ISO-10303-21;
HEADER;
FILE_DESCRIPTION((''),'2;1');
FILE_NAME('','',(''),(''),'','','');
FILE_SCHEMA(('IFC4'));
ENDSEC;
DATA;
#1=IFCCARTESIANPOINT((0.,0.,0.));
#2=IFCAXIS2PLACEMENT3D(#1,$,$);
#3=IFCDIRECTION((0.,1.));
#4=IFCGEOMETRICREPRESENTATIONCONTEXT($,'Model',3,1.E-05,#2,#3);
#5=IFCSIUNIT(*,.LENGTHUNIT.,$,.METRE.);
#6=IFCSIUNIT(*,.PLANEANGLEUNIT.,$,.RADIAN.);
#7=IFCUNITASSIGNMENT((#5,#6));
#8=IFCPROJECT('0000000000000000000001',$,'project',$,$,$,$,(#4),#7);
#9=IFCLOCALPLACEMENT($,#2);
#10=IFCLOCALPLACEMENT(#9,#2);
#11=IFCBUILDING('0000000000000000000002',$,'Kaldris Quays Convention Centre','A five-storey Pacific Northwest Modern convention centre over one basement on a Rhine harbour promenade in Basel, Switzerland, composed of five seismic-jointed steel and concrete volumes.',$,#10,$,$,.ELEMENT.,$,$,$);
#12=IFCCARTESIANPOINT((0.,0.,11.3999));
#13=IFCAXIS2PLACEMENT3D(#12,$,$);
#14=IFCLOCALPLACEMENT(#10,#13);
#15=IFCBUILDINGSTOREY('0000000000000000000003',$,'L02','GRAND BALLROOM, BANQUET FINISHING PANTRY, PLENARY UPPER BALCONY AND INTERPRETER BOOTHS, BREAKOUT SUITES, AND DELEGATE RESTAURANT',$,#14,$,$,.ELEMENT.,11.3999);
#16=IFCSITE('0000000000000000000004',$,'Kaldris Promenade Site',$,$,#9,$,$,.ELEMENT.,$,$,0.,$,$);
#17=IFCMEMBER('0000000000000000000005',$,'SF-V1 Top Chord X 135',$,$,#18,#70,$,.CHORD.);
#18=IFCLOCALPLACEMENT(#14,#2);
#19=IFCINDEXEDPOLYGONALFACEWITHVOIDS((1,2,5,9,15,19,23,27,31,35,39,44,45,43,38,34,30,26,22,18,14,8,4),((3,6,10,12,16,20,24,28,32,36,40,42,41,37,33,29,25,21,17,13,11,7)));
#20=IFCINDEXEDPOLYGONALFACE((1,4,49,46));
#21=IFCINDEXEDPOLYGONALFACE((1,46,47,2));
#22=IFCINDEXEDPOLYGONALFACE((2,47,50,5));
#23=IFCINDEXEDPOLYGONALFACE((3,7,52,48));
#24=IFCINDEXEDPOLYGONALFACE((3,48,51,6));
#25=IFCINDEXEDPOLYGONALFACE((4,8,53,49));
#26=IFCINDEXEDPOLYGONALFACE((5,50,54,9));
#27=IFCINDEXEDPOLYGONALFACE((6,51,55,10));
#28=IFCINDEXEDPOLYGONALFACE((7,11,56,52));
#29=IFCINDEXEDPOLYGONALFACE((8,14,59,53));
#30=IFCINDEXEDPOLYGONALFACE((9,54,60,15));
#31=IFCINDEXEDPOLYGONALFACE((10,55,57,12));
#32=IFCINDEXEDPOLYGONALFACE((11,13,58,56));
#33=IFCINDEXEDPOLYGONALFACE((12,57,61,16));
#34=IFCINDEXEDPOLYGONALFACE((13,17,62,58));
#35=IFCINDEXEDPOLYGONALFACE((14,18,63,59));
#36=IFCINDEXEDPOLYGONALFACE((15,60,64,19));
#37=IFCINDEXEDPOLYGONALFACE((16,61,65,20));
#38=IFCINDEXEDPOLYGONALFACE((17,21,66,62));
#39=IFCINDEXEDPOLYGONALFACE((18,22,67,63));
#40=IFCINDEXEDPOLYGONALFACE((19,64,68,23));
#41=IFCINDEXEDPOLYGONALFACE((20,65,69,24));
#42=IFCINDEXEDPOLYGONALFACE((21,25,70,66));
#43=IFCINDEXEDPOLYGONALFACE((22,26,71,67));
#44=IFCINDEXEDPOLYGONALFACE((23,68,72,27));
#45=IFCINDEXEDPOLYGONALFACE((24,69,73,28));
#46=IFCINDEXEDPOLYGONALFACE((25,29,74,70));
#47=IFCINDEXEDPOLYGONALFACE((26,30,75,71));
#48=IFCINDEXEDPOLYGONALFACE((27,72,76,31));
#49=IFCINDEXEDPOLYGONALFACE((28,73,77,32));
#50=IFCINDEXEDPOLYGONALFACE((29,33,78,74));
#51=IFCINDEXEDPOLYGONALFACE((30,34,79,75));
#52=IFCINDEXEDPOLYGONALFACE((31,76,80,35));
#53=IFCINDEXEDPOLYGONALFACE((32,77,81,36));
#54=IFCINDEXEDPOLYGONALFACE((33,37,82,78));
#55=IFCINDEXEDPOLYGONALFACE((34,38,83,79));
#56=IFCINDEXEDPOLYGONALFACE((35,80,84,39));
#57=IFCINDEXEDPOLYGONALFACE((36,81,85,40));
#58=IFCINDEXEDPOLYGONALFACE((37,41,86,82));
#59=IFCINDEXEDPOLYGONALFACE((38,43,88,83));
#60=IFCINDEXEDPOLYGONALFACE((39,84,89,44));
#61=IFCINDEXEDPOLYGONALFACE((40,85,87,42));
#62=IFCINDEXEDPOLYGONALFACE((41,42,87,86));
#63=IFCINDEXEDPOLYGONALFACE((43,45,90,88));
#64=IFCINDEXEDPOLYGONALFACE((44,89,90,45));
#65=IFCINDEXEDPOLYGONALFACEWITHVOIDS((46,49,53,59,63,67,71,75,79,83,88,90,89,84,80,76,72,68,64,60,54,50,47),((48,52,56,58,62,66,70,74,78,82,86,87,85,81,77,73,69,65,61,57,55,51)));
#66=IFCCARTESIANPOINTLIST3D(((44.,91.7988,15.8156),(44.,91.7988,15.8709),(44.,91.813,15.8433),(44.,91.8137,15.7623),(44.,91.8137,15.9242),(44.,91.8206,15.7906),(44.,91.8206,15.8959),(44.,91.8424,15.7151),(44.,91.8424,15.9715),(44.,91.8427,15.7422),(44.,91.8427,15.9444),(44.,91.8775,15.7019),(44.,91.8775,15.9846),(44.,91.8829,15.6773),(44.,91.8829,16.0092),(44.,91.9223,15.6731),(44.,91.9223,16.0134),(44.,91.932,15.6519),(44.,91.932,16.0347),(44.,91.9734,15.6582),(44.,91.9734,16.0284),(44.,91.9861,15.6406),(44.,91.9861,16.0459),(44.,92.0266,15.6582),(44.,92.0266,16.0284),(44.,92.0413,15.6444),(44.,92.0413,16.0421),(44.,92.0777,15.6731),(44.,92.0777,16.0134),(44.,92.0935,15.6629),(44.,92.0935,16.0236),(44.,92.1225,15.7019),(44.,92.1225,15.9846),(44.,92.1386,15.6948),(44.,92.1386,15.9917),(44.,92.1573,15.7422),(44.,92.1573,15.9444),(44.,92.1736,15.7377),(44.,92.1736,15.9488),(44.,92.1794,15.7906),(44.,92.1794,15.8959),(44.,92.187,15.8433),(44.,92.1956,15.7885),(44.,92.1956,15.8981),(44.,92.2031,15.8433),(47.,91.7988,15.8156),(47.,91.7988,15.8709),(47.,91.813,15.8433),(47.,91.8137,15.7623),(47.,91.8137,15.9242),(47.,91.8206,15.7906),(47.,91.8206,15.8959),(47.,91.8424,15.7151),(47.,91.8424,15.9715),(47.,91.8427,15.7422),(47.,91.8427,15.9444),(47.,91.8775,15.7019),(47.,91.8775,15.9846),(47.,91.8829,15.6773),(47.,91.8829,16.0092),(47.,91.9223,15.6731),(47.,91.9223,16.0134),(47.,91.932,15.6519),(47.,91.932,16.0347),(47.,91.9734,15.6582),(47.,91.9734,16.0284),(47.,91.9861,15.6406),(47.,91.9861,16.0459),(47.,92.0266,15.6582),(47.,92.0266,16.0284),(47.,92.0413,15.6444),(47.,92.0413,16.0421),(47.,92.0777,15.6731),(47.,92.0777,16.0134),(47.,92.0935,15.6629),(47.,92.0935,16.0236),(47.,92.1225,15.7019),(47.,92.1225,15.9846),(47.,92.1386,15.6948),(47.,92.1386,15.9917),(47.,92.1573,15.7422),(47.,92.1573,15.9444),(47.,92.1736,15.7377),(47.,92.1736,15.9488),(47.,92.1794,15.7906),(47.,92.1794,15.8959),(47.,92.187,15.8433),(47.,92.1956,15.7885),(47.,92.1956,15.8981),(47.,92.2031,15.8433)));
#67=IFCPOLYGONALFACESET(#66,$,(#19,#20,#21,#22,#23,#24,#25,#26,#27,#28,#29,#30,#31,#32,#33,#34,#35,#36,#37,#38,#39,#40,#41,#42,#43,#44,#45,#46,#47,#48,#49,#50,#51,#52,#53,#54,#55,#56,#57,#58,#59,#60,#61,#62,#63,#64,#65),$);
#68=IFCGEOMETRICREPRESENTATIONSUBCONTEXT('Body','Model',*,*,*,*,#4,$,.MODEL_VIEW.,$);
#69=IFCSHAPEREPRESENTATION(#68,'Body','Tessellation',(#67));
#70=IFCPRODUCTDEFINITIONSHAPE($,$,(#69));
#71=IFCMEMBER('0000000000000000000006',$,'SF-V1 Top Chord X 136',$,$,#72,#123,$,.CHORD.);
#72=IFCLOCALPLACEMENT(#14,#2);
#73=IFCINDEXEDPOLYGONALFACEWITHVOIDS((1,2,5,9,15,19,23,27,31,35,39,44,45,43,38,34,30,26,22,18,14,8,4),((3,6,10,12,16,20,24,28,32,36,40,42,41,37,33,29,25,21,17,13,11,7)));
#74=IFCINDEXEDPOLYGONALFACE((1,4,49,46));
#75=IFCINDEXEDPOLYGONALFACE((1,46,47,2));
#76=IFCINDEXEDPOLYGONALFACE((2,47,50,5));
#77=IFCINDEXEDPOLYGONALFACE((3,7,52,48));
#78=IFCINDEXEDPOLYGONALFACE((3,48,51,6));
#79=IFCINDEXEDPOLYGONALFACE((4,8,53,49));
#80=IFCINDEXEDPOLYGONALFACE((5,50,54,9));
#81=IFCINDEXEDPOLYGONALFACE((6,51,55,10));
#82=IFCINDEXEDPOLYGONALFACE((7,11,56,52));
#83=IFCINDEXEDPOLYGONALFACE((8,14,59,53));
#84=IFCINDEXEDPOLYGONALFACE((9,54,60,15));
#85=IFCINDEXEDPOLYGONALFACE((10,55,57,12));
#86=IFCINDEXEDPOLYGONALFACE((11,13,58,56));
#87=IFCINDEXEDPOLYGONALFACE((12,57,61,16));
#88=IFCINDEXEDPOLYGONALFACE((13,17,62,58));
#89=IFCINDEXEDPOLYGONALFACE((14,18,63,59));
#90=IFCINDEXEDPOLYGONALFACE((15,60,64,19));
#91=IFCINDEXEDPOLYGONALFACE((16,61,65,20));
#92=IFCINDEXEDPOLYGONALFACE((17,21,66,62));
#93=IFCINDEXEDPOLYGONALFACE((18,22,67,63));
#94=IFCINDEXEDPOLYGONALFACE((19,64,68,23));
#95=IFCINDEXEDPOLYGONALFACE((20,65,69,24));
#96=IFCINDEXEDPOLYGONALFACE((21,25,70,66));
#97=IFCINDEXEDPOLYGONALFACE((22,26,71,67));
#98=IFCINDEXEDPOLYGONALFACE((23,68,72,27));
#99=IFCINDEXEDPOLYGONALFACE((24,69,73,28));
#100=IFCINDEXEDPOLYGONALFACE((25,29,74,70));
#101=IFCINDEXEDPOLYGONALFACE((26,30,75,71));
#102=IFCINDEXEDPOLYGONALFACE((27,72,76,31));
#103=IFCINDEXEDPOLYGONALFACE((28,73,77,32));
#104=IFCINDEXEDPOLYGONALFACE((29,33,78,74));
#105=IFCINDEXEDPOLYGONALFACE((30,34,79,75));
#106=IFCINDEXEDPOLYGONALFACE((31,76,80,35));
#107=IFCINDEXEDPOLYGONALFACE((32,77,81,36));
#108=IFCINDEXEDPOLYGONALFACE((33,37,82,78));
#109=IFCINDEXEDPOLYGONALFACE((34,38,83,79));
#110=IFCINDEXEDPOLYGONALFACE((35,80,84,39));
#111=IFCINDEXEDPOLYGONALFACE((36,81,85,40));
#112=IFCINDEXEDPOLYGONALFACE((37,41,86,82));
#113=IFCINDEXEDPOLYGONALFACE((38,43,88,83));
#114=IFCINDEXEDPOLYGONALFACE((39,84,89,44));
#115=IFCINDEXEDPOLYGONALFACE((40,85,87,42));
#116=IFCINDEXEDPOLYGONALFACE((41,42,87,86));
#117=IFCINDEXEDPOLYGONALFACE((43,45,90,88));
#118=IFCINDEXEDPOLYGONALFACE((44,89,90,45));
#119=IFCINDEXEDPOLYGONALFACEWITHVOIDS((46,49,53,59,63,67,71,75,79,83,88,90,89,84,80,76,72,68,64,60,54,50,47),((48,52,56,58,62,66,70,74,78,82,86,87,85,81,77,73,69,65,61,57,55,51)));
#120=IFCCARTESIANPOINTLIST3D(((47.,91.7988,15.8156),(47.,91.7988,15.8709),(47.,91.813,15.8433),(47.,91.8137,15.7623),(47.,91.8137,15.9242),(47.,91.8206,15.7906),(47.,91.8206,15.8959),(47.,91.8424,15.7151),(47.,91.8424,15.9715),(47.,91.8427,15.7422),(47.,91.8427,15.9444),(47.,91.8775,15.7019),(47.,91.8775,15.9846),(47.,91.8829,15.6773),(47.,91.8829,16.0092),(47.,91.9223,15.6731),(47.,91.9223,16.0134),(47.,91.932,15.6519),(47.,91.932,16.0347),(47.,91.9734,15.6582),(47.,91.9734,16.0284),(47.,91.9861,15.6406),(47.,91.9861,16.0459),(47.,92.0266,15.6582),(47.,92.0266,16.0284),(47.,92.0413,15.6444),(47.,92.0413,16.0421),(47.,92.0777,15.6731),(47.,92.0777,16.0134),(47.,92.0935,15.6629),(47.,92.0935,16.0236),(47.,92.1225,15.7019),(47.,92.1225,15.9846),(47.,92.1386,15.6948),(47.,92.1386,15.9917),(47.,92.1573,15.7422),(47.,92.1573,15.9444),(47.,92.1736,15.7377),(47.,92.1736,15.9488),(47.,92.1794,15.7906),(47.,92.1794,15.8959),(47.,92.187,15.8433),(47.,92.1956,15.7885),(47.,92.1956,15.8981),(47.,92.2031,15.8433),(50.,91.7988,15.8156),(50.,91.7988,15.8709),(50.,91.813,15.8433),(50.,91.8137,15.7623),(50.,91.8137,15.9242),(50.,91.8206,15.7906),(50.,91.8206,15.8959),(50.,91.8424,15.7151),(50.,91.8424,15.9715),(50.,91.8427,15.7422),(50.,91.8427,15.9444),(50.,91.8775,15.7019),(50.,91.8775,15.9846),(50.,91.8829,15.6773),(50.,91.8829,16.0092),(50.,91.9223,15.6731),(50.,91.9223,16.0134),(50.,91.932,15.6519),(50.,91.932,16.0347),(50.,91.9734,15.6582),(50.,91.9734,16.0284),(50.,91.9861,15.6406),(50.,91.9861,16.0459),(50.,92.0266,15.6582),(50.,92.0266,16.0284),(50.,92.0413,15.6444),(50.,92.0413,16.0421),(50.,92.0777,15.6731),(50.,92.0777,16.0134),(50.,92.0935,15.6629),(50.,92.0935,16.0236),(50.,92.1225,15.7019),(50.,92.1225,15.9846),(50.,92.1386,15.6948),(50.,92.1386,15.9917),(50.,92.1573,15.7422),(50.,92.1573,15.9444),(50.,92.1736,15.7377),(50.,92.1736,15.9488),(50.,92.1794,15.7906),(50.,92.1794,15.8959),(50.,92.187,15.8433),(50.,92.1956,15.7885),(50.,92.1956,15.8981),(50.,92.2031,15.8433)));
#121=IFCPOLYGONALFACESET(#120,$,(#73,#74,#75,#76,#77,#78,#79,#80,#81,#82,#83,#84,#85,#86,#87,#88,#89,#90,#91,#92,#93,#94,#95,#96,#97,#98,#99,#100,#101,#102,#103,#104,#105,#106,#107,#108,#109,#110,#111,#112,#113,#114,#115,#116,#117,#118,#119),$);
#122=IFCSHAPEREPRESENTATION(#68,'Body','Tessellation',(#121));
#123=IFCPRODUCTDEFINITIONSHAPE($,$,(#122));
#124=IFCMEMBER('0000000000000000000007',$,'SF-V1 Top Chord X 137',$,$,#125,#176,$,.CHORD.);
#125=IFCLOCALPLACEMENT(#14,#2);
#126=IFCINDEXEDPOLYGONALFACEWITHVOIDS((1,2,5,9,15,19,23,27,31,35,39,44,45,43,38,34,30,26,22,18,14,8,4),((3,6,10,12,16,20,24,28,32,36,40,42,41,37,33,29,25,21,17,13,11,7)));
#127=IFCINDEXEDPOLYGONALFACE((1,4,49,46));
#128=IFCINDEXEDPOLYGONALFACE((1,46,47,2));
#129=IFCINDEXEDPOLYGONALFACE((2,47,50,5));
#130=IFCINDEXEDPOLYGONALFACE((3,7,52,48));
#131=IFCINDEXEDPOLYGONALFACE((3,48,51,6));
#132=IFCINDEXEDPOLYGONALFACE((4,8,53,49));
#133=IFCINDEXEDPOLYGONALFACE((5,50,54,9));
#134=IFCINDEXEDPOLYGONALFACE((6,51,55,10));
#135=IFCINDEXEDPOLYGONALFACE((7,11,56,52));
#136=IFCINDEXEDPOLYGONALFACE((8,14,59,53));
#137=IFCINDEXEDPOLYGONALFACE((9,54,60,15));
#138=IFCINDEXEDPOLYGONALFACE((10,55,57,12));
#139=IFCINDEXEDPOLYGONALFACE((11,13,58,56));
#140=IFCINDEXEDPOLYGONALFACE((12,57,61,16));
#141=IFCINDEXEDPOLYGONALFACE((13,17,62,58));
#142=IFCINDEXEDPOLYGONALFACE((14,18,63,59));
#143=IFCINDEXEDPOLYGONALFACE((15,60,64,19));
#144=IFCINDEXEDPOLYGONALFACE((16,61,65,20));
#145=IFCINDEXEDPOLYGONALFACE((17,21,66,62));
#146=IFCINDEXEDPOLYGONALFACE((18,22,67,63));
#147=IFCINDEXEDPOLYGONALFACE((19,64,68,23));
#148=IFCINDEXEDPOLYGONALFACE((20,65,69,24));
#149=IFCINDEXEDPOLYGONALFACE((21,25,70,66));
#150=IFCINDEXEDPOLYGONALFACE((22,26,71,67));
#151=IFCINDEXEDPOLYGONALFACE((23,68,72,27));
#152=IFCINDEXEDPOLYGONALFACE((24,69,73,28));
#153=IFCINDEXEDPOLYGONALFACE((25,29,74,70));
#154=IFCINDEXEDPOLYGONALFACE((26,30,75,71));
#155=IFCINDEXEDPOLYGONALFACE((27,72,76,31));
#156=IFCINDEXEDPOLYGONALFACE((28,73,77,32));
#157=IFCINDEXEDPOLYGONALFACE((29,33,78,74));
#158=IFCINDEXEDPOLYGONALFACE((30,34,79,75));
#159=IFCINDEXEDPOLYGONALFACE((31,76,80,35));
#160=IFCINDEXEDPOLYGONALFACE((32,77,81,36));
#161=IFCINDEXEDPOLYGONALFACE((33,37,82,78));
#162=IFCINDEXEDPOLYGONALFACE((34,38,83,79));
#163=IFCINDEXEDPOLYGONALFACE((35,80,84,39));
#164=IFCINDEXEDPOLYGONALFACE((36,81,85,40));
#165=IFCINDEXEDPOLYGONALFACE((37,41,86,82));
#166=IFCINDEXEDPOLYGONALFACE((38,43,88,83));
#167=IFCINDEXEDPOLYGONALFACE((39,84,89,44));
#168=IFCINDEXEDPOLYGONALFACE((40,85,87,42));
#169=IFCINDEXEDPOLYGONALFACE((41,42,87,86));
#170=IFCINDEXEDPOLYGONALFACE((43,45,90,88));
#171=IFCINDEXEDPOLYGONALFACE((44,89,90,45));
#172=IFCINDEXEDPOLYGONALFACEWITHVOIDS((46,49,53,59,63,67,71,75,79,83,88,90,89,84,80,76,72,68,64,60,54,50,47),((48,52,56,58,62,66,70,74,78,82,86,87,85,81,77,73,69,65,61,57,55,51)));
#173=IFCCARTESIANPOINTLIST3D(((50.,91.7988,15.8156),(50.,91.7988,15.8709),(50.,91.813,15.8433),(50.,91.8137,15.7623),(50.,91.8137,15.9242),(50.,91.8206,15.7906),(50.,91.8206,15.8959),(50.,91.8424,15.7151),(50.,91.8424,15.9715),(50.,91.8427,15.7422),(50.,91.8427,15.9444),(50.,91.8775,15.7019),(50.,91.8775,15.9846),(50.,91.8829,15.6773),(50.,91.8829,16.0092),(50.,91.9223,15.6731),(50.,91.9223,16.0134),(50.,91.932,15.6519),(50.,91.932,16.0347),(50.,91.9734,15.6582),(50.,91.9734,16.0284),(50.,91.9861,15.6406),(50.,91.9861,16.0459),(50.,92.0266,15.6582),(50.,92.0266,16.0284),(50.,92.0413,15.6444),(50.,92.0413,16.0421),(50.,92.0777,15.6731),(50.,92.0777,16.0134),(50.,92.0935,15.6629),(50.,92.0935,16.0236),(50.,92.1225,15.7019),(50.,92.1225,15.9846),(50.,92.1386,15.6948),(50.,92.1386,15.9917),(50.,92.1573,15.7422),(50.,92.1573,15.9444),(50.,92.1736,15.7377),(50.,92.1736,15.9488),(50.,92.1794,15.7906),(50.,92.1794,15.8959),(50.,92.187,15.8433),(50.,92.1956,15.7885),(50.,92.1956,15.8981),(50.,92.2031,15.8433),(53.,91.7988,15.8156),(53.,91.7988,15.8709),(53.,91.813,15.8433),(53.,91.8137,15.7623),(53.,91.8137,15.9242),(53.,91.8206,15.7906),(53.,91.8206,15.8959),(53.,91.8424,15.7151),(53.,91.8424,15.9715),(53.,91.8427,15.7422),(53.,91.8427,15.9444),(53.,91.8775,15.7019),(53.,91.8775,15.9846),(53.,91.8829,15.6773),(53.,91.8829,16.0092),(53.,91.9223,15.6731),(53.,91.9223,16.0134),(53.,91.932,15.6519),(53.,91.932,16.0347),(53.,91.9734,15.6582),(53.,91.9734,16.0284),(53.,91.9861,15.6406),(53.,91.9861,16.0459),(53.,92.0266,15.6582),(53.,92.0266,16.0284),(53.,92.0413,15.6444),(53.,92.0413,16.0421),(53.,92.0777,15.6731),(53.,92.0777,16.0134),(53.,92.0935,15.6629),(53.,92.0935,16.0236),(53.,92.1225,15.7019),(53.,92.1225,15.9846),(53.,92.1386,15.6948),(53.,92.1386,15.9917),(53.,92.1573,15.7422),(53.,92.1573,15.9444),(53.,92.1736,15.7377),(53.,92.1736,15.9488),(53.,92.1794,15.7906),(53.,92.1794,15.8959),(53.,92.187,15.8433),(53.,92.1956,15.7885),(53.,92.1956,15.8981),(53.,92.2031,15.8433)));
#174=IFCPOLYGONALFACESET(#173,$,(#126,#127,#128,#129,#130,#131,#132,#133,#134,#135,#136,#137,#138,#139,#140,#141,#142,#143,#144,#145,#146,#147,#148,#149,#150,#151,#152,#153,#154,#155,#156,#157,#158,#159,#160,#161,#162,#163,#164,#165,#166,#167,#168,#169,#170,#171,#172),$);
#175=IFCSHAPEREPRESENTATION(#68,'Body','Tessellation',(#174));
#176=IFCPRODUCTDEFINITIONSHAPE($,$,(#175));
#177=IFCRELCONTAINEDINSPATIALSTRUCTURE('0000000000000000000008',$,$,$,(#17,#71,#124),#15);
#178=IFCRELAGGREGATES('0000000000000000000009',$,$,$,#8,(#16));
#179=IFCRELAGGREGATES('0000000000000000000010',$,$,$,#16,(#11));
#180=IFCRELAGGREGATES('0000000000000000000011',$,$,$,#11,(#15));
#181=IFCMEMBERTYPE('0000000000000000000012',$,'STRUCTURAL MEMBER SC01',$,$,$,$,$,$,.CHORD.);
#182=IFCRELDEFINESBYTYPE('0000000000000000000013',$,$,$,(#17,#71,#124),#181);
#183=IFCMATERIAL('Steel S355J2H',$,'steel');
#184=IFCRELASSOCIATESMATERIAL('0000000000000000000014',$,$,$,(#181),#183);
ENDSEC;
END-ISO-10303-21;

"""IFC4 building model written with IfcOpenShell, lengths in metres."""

from ifc_helpers import new_model, si_unit, direction, frame, origin, origin_2d, place, context, subcontext, project, spatial, hollow_circle, extrude, material, material_profile, profile_set, type_object, element, save


model = new_model("IFC4")

# Units and contexts
model_context = context("Model", 3, precision=1e-05, world=origin(), true_north=direction((0.0, 1.0)))
body_context = subcontext(model_context, "Body", "Model", "MODEL_VIEW")
ifc_project = project(units=[si_unit("LENGTHUNIT", "METRE"), si_unit("PLANEANGLEUNIT", "RADIAN")], contexts=[model_context])

# Site, building, storey
site_placement = place(None, origin())
site = spatial("IfcSite", under=ifc_project, at=site_placement, Name="Kaldris Promenade Site", CompositionType="ELEMENT", RefElevation=0.0)
building_placement = place(site_placement, origin())
building = spatial("IfcBuilding", under=site, at=building_placement, Name="Kaldris Quays Convention Centre", Description="A five-storey Pacific Northwest Modern convention centre over one basement on a Rhine harbour promenade in Basel, Switzerland, composed of five seismic-jointed steel and concrete volumes.", CompositionType="ELEMENT")
storey_placement = place(building_placement, frame((0.0, 0.0, 11.3999)))
storey = spatial("IfcBuildingStorey", under=building, at=storey_placement, Name="L02", Description="GRAND BALLROOM, BANQUET FINISHING PANTRY, PLENARY UPPER BALCONY AND INTERPRETER BOOTHS, BREAKOUT SUITES, AND DELEGATE RESTAURANT", CompositionType="ELEMENT", Elevation=11.3999)

# Members
ifc_material = material(Name="Steel S355J2H", Category="steel")
ifc_material_profile_1 = material_profile(ifc_material, hollow_circle(Radius=0.2031, WallThickness=0.0161, at=origin_2d()), Name="CHS 406.4x16")
ifc_profile_set_1 = profile_set([ifc_material_profile_1], Name="Steel S355J2H")
member_type_1 = type_object("IfcMemberType", Name="STRUCTURAL MEMBER SC01", PredefinedType="CHORD", material=ifc_profile_set_1)
for number, where, z_axis, x_axis, name in (
    (1, (44.0, 92.0, 15.8433), (1.0, 0.0, 0.0), (0.0, 1.0, 0.0), "SF-V1 Top Chord X 135"),
    (2, (47.0, 92.0, 15.8433), (1.0, 0.0, 0.0), (0.0, 1.0, 0.0), "SF-V1 Top Chord X 136"),
    (3, (50.0, 92.0, 15.8433), (1.0, 0.0, 0.0), (0.0, 1.0, 0.0), "SF-V1 Top Chord X 137"),
):
    element("IfcMember", number, at=place(storey_placement, frame(where, z_axis=z_axis, x_axis=x_axis)), inside=storey, type_object=member_type_1, Name=name, PredefinedType="CHORD", context=body_context, shape_type="SweptSolid", body=[
        extrude(hollow_circle(Radius=0.2031, WallThickness=0.0161, at=origin_2d()), origin(), (0.0, 0.0, 1.0), 3.0),
    ])

save(model, "model.ifc")
